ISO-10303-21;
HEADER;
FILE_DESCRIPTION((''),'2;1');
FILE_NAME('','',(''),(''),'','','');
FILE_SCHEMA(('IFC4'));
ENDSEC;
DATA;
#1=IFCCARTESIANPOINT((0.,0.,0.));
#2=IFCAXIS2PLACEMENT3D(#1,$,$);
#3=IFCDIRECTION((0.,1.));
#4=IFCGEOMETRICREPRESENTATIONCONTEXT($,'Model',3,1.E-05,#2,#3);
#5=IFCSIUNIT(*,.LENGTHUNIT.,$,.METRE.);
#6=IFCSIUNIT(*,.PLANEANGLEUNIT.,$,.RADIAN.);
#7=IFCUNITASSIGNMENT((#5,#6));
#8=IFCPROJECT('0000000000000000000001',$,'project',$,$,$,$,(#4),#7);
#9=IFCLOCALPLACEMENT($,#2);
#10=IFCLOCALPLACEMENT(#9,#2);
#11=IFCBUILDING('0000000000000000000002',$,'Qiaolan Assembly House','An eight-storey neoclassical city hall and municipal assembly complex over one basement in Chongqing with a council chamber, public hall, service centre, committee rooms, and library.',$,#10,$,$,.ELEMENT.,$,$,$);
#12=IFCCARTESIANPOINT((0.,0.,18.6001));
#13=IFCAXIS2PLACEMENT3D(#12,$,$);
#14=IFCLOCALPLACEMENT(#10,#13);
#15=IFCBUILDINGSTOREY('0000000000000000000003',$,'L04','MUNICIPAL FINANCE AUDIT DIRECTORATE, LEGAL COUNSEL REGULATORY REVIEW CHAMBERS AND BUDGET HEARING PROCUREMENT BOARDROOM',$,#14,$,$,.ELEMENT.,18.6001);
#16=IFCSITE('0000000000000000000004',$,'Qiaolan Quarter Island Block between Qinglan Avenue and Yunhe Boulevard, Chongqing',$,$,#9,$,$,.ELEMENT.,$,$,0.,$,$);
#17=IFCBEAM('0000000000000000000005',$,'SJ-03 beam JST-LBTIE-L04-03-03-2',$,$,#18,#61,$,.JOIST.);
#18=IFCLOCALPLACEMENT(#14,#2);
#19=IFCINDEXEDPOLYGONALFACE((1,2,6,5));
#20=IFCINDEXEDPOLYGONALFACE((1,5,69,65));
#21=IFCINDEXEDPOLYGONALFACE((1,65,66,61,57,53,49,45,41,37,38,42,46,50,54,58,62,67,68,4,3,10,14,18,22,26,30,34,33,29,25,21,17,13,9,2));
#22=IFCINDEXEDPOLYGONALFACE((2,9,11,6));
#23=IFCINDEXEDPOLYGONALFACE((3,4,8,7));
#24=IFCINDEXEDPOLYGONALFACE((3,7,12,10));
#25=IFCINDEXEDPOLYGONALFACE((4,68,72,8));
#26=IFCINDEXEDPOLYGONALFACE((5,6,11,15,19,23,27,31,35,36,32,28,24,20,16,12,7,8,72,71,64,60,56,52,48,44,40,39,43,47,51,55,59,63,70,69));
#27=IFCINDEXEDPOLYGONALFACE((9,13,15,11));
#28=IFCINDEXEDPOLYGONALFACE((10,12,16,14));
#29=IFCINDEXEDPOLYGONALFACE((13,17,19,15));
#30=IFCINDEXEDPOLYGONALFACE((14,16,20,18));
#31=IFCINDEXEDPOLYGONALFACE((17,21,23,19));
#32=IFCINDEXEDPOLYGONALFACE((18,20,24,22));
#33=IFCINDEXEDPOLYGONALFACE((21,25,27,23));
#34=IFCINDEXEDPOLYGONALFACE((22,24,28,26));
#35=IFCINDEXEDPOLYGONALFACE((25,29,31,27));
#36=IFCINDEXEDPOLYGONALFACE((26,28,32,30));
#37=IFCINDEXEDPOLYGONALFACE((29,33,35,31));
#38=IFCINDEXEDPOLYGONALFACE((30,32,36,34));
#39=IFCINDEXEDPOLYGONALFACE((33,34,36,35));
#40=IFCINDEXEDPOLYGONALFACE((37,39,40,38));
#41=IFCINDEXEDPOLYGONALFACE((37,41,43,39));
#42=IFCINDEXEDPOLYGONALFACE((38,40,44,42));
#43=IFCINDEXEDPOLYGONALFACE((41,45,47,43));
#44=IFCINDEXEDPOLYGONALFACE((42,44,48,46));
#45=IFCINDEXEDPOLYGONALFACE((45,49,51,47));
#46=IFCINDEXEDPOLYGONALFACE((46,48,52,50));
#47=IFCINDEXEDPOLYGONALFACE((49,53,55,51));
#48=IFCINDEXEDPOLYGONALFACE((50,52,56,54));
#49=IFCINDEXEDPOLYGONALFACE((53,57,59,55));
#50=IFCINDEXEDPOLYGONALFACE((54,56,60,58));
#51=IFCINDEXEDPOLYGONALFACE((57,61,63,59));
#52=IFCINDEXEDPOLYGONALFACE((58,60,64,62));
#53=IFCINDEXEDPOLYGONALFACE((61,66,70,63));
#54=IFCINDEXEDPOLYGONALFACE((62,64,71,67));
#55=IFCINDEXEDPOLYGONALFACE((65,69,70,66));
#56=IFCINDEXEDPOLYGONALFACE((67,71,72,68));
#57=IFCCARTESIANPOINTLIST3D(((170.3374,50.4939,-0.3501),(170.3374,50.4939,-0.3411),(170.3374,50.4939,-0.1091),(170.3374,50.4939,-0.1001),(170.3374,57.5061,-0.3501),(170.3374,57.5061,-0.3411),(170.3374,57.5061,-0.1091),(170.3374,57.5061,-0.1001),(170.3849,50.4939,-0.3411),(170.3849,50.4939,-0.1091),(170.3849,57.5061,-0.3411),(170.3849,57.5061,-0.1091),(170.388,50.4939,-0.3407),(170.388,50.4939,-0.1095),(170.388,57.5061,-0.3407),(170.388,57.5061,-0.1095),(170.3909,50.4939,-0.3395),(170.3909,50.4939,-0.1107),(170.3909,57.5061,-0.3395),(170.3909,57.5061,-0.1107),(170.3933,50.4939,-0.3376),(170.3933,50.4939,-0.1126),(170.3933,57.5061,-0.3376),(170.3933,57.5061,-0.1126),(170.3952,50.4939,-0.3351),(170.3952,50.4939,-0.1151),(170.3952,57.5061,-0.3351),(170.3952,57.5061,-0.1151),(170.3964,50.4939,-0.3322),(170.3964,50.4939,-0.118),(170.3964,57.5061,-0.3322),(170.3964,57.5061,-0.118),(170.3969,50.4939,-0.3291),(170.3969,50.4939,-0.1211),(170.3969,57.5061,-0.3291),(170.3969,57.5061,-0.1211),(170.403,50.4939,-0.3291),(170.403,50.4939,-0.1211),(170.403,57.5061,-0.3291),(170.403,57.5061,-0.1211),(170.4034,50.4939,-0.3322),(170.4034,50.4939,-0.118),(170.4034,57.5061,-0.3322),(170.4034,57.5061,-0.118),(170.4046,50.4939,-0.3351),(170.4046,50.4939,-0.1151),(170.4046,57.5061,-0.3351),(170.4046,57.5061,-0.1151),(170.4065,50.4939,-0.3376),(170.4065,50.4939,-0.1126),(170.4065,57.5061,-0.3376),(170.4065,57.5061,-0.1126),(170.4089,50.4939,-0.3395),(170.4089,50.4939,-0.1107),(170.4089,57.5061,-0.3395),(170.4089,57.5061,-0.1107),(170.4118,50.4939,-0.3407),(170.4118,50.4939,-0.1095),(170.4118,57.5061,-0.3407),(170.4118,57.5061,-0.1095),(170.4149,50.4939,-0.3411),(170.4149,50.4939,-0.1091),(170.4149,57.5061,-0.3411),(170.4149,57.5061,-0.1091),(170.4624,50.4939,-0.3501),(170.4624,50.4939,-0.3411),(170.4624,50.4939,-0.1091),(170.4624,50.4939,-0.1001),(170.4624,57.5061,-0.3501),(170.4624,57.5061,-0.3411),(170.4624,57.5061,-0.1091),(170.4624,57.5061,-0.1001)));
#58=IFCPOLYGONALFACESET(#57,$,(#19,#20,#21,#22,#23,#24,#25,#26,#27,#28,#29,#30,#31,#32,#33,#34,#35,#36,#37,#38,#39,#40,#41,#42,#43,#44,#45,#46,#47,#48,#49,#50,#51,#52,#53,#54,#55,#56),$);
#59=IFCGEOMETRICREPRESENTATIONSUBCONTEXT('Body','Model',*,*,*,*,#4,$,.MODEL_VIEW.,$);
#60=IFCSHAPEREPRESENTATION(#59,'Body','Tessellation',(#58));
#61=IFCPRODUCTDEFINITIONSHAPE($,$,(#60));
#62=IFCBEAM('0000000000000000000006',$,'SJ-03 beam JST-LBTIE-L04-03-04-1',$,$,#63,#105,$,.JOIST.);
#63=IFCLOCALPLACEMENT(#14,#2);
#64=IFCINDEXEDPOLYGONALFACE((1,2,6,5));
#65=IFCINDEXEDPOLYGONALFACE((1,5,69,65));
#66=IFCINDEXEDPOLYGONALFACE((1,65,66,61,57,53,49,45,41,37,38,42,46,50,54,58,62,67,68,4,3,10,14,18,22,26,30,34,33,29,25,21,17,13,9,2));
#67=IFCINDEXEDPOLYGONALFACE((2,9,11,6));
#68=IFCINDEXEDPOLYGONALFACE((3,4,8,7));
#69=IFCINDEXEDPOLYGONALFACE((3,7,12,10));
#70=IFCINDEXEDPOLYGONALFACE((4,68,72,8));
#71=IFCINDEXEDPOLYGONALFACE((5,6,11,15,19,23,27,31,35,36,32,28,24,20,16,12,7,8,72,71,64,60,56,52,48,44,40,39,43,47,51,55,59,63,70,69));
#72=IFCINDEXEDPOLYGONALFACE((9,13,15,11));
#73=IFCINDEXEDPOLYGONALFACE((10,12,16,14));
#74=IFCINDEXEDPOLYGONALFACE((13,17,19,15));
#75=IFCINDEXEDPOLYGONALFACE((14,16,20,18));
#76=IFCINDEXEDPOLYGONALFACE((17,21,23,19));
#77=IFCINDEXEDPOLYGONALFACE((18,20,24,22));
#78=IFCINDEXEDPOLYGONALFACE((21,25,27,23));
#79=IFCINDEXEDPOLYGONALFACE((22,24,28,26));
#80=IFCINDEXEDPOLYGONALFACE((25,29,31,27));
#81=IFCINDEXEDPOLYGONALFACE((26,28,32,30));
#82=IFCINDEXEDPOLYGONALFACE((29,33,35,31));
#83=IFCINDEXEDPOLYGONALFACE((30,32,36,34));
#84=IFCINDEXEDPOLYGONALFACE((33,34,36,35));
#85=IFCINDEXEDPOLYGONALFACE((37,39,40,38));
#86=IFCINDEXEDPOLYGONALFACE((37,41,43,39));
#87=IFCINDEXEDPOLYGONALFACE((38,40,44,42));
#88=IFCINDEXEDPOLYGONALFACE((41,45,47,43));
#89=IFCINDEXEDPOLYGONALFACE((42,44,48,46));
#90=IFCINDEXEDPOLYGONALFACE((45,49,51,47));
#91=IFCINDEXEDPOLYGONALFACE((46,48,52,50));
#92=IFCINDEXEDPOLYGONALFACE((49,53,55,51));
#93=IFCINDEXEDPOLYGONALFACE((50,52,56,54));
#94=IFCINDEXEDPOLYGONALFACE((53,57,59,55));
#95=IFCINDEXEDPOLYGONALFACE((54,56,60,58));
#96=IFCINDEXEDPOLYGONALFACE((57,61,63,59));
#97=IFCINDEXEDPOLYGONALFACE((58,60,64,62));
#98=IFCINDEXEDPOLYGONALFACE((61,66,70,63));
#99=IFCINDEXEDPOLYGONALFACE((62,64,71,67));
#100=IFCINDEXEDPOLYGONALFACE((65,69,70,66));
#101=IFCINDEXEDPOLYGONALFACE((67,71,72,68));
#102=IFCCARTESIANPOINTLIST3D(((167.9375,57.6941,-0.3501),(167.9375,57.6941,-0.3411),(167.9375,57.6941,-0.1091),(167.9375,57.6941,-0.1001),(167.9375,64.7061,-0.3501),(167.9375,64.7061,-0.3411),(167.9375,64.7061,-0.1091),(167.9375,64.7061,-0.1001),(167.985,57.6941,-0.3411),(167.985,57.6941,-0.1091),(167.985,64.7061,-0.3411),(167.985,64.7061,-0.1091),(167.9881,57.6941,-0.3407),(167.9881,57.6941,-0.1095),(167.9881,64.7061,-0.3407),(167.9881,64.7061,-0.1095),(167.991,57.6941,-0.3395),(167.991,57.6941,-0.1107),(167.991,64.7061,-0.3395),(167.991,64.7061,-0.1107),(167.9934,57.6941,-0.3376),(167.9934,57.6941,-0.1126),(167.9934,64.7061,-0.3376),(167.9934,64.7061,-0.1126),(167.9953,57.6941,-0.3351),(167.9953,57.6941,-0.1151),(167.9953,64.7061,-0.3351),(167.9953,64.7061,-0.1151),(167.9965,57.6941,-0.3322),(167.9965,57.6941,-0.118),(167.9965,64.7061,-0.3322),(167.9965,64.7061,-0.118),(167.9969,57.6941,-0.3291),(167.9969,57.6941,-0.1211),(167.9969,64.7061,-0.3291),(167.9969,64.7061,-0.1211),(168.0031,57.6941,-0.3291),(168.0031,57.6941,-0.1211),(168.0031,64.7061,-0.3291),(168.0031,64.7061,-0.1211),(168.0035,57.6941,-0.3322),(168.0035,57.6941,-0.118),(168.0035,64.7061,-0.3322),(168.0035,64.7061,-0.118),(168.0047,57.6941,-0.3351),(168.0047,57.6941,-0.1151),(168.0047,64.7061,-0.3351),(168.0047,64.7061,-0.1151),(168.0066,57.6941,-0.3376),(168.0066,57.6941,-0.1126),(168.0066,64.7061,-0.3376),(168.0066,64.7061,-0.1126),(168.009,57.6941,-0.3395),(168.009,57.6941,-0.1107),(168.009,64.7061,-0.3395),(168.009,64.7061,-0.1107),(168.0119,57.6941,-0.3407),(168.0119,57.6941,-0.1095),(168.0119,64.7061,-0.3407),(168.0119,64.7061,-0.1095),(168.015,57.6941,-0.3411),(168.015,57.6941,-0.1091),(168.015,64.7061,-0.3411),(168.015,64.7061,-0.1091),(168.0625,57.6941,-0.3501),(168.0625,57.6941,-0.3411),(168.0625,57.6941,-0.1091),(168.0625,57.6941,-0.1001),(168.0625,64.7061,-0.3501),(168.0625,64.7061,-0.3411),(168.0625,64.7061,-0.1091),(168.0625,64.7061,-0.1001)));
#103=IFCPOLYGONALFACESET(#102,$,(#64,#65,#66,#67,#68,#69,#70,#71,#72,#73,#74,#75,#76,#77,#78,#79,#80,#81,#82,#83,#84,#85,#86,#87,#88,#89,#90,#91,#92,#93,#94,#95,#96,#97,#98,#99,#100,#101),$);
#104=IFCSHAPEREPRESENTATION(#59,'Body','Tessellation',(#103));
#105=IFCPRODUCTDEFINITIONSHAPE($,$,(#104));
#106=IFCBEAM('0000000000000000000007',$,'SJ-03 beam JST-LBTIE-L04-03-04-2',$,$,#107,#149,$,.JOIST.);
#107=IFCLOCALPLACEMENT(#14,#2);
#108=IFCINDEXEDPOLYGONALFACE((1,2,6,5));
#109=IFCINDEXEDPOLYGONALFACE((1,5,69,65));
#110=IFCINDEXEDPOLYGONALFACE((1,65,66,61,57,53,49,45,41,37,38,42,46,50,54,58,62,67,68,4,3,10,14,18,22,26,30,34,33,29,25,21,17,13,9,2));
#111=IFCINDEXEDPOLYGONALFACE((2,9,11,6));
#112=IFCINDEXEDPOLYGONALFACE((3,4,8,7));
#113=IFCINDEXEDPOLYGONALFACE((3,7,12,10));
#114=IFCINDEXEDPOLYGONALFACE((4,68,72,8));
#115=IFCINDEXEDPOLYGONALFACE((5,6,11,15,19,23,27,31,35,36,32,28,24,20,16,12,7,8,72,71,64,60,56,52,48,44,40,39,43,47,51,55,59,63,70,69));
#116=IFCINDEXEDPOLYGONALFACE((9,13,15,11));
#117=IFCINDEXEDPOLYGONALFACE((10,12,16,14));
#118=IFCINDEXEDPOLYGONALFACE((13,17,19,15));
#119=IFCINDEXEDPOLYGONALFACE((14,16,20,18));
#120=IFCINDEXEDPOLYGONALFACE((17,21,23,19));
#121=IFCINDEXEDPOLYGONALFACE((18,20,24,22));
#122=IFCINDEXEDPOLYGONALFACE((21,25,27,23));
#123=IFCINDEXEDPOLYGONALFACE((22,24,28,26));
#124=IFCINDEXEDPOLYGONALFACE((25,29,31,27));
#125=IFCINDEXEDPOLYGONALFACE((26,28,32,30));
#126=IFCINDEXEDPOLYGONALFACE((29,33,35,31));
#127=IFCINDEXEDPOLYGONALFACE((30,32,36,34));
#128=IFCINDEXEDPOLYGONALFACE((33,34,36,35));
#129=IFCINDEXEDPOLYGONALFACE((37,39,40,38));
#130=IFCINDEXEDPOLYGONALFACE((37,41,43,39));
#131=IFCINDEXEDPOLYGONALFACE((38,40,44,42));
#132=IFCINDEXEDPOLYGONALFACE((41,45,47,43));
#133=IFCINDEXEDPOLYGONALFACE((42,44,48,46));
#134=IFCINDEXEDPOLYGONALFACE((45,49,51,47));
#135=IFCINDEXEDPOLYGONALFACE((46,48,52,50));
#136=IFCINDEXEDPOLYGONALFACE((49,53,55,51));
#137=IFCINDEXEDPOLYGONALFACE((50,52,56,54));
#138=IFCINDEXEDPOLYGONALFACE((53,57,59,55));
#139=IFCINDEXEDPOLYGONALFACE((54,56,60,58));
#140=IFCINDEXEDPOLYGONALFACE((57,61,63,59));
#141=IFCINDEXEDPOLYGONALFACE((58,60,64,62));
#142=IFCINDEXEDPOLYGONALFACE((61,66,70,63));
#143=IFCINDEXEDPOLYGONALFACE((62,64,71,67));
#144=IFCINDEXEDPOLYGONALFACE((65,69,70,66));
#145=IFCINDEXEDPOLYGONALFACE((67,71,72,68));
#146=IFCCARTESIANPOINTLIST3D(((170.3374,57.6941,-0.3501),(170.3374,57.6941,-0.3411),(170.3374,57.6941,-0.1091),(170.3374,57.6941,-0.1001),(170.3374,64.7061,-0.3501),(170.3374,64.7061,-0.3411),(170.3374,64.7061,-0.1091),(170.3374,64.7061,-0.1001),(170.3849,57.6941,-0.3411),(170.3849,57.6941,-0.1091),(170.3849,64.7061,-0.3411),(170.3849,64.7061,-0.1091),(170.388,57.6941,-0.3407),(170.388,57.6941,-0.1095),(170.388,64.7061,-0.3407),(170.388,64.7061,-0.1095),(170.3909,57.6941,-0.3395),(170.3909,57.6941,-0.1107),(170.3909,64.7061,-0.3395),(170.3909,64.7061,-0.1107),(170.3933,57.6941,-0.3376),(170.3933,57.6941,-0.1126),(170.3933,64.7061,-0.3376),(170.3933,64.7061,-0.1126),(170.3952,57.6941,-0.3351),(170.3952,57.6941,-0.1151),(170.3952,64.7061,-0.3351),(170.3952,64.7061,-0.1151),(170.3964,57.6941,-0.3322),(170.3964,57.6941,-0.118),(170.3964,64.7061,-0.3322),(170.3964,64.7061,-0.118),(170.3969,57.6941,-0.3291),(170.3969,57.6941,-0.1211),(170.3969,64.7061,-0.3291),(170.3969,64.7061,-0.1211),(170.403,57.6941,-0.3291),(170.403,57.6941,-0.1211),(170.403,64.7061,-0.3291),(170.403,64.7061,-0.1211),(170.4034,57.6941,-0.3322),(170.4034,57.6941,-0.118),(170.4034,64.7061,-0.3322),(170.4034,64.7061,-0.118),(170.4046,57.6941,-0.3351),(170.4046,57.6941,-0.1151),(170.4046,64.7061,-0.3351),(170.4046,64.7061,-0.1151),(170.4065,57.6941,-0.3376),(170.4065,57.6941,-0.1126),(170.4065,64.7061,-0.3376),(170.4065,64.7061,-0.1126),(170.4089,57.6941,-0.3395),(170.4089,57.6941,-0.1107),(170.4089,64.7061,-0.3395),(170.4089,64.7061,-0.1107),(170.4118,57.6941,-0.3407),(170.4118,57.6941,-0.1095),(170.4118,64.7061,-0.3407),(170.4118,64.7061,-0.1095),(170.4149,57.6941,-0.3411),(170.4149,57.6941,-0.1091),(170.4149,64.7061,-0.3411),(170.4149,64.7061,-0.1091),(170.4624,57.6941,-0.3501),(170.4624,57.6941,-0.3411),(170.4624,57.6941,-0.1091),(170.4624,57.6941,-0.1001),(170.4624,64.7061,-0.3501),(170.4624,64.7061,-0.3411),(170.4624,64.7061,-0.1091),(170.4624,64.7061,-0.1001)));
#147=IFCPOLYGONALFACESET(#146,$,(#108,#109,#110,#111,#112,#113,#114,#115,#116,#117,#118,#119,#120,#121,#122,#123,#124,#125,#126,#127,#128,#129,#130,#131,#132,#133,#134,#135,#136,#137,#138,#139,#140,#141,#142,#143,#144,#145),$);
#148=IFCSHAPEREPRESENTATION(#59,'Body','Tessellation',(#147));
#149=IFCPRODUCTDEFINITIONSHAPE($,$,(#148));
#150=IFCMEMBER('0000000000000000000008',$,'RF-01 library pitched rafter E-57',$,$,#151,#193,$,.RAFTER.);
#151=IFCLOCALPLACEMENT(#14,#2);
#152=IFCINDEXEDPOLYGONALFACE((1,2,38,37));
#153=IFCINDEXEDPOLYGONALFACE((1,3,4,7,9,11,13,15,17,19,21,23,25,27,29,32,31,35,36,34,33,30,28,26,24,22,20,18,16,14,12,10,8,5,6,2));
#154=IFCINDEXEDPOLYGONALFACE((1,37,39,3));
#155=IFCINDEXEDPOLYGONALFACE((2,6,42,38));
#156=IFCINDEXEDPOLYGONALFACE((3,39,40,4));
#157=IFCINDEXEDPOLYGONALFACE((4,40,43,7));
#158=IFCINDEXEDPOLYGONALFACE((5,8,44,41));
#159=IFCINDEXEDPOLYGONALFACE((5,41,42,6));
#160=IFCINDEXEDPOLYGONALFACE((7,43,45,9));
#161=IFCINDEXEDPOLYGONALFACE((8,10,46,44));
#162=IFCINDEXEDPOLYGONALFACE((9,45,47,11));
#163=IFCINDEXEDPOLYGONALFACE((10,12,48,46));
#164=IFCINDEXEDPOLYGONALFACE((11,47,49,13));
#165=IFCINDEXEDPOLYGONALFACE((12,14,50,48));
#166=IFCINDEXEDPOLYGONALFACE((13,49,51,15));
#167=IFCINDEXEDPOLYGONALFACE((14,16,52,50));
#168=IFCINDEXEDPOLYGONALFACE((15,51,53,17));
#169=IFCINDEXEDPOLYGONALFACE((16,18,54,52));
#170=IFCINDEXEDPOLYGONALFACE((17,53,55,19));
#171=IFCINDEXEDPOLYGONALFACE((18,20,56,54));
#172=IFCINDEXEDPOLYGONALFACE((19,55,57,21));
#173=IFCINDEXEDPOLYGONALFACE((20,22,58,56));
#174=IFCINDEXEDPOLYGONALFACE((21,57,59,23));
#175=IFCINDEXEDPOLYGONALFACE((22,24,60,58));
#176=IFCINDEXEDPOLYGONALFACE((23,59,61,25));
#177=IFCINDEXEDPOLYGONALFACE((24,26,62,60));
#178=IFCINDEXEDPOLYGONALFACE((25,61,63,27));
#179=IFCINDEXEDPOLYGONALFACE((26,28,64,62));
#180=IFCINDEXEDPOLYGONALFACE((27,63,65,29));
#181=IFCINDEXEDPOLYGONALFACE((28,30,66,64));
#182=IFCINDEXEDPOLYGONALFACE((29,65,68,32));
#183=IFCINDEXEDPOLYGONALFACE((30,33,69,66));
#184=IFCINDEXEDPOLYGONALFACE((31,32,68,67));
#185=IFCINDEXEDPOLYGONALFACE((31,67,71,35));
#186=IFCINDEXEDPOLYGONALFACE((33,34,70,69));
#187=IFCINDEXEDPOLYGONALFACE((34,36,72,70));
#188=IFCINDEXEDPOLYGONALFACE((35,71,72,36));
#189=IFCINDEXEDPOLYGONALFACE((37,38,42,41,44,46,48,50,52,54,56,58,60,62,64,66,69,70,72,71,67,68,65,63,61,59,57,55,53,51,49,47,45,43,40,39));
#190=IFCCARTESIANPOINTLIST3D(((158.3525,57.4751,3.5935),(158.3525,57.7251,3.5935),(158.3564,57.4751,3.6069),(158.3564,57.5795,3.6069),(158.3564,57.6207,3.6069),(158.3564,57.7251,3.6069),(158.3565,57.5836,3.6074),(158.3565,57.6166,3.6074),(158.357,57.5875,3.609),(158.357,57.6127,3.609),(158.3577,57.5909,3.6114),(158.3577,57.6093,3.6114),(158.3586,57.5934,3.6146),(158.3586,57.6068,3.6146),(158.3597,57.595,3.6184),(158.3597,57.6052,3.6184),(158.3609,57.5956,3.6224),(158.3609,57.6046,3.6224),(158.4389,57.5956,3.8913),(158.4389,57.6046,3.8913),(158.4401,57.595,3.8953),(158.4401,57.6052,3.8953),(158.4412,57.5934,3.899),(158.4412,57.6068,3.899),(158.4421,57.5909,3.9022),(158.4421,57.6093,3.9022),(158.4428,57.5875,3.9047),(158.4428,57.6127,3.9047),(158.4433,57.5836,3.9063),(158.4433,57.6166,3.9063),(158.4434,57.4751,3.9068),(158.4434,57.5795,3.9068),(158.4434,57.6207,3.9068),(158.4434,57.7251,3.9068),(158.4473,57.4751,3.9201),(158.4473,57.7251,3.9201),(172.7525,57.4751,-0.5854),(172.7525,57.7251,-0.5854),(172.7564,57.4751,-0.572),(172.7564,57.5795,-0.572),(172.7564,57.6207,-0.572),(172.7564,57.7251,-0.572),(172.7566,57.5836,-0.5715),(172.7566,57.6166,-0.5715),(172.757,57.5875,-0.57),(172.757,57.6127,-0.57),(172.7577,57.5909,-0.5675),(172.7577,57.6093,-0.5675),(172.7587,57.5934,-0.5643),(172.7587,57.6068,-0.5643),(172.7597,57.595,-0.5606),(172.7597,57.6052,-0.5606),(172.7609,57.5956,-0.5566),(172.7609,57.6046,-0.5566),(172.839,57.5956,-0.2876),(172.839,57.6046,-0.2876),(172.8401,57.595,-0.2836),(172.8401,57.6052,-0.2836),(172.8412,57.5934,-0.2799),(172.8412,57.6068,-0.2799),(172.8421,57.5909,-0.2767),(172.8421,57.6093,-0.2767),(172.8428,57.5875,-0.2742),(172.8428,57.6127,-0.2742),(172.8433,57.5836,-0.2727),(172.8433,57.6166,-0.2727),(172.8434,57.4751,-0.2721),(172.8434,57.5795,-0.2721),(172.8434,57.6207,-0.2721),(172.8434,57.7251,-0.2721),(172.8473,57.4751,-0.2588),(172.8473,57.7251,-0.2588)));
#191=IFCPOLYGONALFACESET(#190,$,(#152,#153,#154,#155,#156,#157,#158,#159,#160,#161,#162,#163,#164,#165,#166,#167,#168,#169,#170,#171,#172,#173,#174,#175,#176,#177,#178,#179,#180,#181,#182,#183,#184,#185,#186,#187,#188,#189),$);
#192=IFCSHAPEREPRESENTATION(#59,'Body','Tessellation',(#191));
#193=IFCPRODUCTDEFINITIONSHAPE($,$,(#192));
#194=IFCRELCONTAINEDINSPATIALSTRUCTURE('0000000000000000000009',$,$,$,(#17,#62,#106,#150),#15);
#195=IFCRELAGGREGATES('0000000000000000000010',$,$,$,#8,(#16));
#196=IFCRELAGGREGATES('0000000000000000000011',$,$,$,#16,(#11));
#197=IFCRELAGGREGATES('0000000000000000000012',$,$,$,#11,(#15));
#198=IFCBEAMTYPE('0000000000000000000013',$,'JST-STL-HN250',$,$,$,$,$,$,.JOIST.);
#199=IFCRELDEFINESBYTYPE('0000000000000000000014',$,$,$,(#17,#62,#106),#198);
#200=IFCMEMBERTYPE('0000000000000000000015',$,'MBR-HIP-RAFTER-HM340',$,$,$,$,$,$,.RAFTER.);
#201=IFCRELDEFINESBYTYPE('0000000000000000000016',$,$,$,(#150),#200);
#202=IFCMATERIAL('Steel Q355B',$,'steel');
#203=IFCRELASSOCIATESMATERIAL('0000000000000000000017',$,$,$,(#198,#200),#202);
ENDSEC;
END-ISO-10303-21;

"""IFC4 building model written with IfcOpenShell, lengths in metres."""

from ifc_helpers import new_model, si_unit, direction, frame, origin, origin_2d, place, context, subcontext, project, spatial, i_section, extrude, material, material_profile, profile_set, type_object, element, save


model = new_model("IFC4")

# Units and contexts
model_context = context("Model", 3, precision=1e-05, world=origin(), true_north=direction((0.0, 1.0)))
body_context = subcontext(model_context, "Body", "Model", "MODEL_VIEW")
ifc_project = project(units=[si_unit("LENGTHUNIT", "METRE"), si_unit("PLANEANGLEUNIT", "RADIAN")], contexts=[model_context])

# Site, building, storey
site_placement = place(None, origin())
site = spatial("IfcSite", under=ifc_project, at=site_placement, Name="Qiaolan Quarter Island Block between Qinglan Avenue and Yunhe Boulevard, Chongqing", CompositionType="ELEMENT", RefElevation=0.0)
building_placement = place(site_placement, origin())
building = spatial("IfcBuilding", under=site, at=building_placement, Name="Qiaolan Assembly House", Description="An eight-storey neoclassical city hall and municipal assembly complex over one basement in Chongqing with a council chamber, public hall, service centre, committee rooms, and library.", CompositionType="ELEMENT")
storey_placement = place(building_placement, frame((0.0, 0.0, 18.6001)))
storey = spatial("IfcBuildingStorey", under=building, at=storey_placement, Name="L04", Description="MUNICIPAL FINANCE AUDIT DIRECTORATE, LEGAL COUNSEL REGULATORY REVIEW CHAMBERS AND BUDGET HEARING PROCUREMENT BOARDROOM", CompositionType="ELEMENT", Elevation=18.6001)

# Shared definitions
ifc_material = material(Name="Steel Q355B", Category="steel")

# Beams
ifc_material_profile_1 = material_profile(ifc_material, i_section(OverallWidth=0.125, OverallDepth=0.25, WebThickness=0.0061, FlangeThickness=0.009, FilletRadius=0.012, at=origin_2d()), Name="HN 250x125x6x9")
ifc_profile_set_1 = profile_set([ifc_material_profile_1], Name="Steel Q355B")
beam_type_1 = type_object("IfcBeamType", Name="JST-STL-HN250", PredefinedType="JOIST", material=ifc_profile_set_1)
for number, where, z_axis, x_axis, name in (
    (1, (170.3999, 50.4939, -0.2251), (0.0, 1.0, 0.0), (-1.0, 0.0, 0.0), "SJ-03 beam JST-LBTIE-L04-03-03-2"),
):
    element("IfcBeam", number, at=place(storey_placement, frame(where, z_axis=z_axis, x_axis=x_axis)), inside=storey, type_object=beam_type_1, Name=name, PredefinedType="JOIST", context=body_context, shape_type="SweptSolid", body=[
        extrude(i_section(OverallWidth=0.125, OverallDepth=0.25, WebThickness=0.0061, FlangeThickness=0.009, FilletRadius=0.012, at=origin_2d()), origin(), (0.0, 0.0, 1.0), 7.0122),
    ])
for number, where, z_axis, x_axis, name in (
    (2, (168.0, 57.6941, -0.2251), (0.0, 1.0, 0.0), (-1.0, 0.0, 0.0), "SJ-03 beam JST-LBTIE-L04-03-04-1"),
    (3, (170.3999, 57.6941, -0.2251), (0.0, 1.0, 0.0), (-1.0, 0.0, 0.0), "SJ-03 beam JST-LBTIE-L04-03-04-2"),
):
    element("IfcBeam", number, at=place(storey_placement, frame(where, z_axis=z_axis, x_axis=x_axis)), inside=storey, type_object=beam_type_1, Name=name, PredefinedType="JOIST", context=body_context, shape_type="SweptSolid", body=[
        extrude(i_section(OverallWidth=0.125, OverallDepth=0.25, WebThickness=0.0061, FlangeThickness=0.009, FilletRadius=0.012, at=origin_2d()), origin(), (0.0, 0.0, 1.0), 7.012),
    ])

# Member
ifc_material_profile_2 = material_profile(ifc_material, i_section(OverallWidth=0.25, OverallDepth=0.3401, WebThickness=0.009, FlangeThickness=0.0139, FilletRadius=0.0161, at=origin_2d()), Name="HM 340x250x9x14-RF")
ifc_profile_set_2 = profile_set([ifc_material_profile_2], Name="Steel Q355B")
member_type_1 = type_object("IfcMemberType", Name="MBR-HIP-RAFTER-HM340", PredefinedType="RAFTER", material=ifc_profile_set_2)
member_placement = place(storey_placement, frame((158.3999, 57.6001, 3.7568), z_axis=(0.960377, 0.0, -0.278704), x_axis=(0.0, 1.0, 0.0)))
element("IfcMember", 4, at=member_placement, inside=storey, type_object=member_type_1, Name="RF-01 library pitched rafter E-57", PredefinedType="RAFTER", context=body_context, shape_type="SweptSolid", body=[
    extrude(i_section(OverallWidth=0.25, OverallDepth=0.3401, WebThickness=0.009, FlangeThickness=0.0139, FilletRadius=0.0161, at=origin_2d()), origin(), (0.0, 0.0, 1.0), 14.9941),
])

save(model, "model.ifc")
